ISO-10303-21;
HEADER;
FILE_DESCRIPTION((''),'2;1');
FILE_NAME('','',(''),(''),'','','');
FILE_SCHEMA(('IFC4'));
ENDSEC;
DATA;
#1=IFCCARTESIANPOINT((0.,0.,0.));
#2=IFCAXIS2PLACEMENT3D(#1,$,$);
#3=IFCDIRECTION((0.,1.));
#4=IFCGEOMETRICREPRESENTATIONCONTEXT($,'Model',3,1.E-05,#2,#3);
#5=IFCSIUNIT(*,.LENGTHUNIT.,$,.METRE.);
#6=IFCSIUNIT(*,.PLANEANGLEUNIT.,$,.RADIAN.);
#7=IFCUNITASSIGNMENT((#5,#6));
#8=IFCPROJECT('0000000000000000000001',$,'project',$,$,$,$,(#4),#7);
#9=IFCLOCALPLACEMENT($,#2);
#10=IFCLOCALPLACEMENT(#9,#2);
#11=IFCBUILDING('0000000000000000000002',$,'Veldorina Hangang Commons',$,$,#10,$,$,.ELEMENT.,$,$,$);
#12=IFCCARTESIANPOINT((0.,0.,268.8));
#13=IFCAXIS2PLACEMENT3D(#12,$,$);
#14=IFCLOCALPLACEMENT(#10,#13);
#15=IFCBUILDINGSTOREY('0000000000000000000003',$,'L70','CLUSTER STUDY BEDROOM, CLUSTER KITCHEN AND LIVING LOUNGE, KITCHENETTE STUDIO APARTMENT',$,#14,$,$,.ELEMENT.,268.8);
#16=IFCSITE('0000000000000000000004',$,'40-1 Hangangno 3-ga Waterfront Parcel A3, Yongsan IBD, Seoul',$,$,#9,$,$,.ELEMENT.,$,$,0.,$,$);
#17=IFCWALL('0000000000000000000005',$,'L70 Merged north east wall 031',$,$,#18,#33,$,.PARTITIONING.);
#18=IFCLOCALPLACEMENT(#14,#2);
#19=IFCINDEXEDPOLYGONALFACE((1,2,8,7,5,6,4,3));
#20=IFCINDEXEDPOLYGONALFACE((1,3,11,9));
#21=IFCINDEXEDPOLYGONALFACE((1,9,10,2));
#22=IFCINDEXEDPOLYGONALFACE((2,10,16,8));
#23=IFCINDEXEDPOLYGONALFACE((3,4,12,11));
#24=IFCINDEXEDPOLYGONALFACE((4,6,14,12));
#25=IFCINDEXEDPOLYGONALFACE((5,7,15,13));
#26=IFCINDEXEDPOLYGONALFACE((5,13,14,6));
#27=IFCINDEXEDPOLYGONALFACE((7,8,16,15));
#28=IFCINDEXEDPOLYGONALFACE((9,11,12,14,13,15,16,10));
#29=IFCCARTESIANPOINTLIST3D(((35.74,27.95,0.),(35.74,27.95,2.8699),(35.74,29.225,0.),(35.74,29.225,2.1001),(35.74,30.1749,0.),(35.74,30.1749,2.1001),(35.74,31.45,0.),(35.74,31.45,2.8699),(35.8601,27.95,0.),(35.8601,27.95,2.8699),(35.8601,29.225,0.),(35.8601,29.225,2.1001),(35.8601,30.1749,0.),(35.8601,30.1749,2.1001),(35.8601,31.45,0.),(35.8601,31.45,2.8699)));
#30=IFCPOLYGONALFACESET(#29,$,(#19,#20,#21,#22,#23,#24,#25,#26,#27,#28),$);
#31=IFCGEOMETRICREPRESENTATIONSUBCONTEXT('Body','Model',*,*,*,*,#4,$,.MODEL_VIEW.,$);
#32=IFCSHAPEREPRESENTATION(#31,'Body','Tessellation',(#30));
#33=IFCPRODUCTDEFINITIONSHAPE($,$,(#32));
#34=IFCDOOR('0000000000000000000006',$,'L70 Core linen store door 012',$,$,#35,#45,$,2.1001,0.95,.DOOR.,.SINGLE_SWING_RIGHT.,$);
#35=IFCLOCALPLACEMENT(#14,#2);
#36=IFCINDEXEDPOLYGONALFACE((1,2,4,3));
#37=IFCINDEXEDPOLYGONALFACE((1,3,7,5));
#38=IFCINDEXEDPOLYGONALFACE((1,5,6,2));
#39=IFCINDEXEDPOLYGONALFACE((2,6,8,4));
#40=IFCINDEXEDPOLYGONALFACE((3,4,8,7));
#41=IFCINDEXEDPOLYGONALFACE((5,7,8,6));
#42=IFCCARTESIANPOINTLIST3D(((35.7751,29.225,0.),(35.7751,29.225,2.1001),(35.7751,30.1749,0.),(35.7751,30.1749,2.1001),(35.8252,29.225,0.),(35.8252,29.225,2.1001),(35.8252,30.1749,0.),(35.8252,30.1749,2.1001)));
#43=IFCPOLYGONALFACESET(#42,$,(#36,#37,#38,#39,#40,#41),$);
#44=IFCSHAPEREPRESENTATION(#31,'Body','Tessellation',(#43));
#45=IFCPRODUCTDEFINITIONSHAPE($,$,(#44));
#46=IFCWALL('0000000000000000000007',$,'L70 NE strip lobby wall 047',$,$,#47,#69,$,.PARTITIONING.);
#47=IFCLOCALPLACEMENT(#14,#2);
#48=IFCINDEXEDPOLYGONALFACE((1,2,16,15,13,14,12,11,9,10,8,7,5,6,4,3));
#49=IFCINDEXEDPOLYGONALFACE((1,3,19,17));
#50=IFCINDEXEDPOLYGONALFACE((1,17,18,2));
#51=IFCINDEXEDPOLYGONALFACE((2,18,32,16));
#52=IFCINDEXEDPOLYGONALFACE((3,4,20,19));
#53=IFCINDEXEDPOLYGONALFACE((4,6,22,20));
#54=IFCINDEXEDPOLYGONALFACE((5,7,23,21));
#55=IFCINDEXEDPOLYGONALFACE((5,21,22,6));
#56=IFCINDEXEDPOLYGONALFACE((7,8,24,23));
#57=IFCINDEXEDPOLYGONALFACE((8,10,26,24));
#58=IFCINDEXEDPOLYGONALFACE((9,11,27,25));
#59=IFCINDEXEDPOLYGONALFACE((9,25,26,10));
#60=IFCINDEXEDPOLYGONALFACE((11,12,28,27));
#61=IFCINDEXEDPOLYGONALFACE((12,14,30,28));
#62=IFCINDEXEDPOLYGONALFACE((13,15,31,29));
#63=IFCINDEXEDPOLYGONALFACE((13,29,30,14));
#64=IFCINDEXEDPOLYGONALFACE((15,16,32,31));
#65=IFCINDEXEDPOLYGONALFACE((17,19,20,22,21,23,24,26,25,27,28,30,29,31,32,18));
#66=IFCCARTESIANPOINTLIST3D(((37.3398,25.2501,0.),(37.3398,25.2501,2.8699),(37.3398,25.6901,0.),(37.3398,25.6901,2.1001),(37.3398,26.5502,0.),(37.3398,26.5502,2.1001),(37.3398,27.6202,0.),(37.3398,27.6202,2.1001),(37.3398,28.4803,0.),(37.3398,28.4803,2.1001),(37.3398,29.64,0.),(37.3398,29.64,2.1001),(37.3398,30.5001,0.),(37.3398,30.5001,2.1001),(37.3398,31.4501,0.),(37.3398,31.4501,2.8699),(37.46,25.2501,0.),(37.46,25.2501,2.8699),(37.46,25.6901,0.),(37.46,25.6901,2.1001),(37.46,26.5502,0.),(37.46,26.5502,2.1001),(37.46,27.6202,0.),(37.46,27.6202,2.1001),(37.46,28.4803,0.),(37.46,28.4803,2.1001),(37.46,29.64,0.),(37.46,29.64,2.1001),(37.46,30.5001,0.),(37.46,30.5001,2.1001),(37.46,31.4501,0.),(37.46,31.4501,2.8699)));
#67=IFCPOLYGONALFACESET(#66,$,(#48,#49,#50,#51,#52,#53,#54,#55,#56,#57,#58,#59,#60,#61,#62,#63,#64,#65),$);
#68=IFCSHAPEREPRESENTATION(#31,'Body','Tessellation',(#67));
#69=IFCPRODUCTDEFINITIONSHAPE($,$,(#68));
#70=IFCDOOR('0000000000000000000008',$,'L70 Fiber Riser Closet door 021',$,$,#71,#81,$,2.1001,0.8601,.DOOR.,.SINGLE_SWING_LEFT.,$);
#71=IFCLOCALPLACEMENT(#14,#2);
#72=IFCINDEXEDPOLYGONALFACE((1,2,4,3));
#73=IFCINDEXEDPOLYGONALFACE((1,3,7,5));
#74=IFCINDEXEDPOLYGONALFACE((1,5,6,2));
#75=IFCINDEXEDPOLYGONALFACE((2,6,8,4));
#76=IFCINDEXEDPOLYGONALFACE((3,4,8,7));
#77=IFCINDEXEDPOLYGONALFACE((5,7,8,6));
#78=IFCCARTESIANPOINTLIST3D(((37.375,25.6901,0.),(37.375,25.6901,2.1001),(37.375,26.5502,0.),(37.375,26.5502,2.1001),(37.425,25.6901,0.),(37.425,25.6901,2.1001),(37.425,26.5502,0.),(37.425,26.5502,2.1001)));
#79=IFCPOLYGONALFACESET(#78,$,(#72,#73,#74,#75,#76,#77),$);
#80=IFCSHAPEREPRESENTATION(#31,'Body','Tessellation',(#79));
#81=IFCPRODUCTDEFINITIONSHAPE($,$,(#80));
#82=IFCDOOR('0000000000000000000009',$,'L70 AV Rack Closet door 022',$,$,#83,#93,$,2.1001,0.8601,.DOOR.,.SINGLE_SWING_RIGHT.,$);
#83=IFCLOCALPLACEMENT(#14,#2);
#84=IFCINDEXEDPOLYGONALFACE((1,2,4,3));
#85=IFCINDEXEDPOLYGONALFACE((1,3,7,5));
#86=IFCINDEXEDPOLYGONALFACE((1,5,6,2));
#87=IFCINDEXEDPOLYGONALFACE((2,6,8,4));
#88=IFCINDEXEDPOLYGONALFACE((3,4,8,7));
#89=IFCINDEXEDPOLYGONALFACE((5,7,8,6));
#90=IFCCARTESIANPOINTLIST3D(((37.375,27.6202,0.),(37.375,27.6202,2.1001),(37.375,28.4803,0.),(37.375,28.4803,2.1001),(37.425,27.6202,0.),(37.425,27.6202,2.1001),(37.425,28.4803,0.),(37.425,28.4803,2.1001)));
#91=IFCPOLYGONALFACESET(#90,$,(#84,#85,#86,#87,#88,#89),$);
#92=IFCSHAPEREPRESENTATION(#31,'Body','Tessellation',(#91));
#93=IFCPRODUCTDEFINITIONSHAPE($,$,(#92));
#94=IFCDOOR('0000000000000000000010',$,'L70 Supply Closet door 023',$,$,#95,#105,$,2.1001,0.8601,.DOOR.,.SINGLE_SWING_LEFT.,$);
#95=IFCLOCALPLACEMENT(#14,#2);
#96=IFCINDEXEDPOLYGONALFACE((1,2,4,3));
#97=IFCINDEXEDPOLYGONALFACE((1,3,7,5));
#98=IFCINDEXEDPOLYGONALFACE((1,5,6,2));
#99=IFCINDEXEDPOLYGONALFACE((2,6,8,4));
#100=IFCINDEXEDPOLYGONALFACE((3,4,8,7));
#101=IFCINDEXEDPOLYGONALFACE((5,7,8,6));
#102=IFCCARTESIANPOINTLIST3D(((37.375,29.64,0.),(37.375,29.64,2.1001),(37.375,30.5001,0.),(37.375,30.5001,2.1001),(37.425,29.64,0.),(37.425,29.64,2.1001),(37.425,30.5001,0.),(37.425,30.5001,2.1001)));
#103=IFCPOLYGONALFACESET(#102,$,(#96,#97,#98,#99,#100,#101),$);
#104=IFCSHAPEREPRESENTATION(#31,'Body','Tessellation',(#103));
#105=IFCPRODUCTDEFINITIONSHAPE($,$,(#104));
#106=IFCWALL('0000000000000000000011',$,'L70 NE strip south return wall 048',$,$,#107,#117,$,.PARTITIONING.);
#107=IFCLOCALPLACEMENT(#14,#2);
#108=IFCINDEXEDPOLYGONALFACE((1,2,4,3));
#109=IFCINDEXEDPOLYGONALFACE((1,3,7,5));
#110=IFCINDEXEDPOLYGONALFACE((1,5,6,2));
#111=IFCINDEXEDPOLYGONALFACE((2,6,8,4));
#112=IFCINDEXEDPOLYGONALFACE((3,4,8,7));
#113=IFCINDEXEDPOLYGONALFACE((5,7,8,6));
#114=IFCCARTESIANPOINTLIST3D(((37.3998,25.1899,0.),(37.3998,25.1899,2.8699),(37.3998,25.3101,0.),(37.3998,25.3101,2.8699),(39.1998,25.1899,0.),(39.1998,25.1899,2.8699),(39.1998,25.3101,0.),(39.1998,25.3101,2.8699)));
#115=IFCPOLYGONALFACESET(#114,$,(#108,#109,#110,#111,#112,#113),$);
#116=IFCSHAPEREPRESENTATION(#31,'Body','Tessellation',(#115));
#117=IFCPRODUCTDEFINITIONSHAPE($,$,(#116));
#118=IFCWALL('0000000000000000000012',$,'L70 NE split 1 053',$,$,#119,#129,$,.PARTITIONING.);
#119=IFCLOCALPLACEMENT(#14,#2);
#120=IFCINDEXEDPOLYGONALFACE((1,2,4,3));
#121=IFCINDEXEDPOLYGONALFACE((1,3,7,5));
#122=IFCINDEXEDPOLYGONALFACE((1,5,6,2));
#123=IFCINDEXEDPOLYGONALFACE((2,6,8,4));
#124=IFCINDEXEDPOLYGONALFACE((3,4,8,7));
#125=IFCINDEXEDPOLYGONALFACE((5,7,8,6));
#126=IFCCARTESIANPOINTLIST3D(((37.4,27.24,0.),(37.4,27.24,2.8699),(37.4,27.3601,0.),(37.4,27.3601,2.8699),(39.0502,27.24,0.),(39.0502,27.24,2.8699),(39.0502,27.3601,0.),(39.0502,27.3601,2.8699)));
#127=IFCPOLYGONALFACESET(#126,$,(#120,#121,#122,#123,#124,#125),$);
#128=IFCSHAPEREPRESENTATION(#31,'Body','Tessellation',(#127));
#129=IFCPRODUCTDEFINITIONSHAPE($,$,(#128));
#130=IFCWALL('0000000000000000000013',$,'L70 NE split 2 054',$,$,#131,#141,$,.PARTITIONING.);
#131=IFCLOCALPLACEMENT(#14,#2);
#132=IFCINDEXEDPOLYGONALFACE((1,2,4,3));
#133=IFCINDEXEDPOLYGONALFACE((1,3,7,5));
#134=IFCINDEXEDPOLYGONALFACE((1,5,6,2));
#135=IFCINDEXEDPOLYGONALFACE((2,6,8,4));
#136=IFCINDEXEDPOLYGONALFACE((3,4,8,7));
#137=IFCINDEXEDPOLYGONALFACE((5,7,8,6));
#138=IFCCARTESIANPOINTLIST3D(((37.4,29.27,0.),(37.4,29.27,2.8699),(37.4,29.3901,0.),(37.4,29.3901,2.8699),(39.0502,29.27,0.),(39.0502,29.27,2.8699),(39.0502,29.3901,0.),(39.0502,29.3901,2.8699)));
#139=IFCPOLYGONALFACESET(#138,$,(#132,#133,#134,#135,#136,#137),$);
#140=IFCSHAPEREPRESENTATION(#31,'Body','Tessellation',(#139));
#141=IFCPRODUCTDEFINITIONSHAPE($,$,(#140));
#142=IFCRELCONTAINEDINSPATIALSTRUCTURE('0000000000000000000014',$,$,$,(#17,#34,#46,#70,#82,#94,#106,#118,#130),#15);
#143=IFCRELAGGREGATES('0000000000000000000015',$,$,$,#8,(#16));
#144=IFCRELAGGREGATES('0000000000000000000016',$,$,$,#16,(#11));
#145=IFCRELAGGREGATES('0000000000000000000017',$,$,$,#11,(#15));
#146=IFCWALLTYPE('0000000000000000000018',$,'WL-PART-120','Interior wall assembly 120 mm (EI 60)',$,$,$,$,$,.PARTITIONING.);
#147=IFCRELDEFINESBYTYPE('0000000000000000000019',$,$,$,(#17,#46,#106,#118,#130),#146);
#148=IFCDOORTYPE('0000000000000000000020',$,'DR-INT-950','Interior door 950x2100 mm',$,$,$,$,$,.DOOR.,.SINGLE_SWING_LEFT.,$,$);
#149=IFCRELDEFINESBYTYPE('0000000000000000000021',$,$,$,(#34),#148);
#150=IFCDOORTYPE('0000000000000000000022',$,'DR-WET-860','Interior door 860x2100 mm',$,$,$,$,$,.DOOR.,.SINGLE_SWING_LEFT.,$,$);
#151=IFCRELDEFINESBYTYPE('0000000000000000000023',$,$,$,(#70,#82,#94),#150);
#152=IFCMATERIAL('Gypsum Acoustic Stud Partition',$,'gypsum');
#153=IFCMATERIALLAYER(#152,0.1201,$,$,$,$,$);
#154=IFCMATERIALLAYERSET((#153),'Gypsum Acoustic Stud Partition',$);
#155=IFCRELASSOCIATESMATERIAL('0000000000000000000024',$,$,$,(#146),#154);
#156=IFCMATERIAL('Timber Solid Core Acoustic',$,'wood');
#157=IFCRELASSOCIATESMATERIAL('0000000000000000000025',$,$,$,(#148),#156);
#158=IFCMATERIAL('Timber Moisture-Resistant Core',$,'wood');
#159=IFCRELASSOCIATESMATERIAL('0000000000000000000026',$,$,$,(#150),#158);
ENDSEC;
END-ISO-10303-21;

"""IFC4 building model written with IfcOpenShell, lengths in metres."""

from ifc_helpers import new_model, si_unit, direction, frame, frame_2d, origin, place, context, subcontext, project, spatial, rectangle, extrude, material, layer, layer_set, type_object, element, fill, save


model = new_model("IFC4")

# Units and contexts
model_context = context("Model", 3, precision=1e-05, world=origin(), true_north=direction((0.0, 1.0)))
body_context = subcontext(model_context, "Body", "Model", "MODEL_VIEW")
ifc_project = project(units=[si_unit("LENGTHUNIT", "METRE"), si_unit("PLANEANGLEUNIT", "RADIAN")], contexts=[model_context])

# Site, building, storey
site_placement = place(None, origin())
site = spatial("IfcSite", under=ifc_project, at=site_placement, Name="40-1 Hangangno 3-ga Waterfront Parcel A3, Yongsan IBD, Seoul", CompositionType="ELEMENT", RefElevation=0.0)
building_placement = place(site_placement, origin())
building = spatial("IfcBuilding", under=site, at=building_placement, Name="Veldorina Hangang Commons", CompositionType="ELEMENT")
storey_placement = place(building_placement, frame((0.0, 0.0, 268.8)))
storey = spatial("IfcBuildingStorey", under=building, at=storey_placement, Name="L70", Description="CLUSTER STUDY BEDROOM, CLUSTER KITCHEN AND LIVING LOUNGE, KITCHENETTE STUDIO APARTMENT", CompositionType="ELEMENT", Elevation=268.8)

# Wall, opening, door
ifc_material_1 = material(Name="Gypsum Acoustic Stud Partition", Category="gypsum")
ifc_layer_1 = layer(ifc_material_1, 0.1201)
ifc_layer_set_1 = layer_set([ifc_layer_1], Name="Gypsum Acoustic Stud Partition")
wall_type_1 = type_object("IfcWallType", Name="WL-PART-120", Description="Interior wall assembly 120 mm (EI 60)", PredefinedType="PARTITIONING", material=ifc_layer_set_1)
wall_1_placement = place(storey_placement, frame((35.8, 27.95, 0.0), z_axis=(0.0, 0.0, 1.0), x_axis=(0.0, 1.0, 0.0)))
wall_1 = element("IfcWall", 1, at=wall_1_placement, inside=storey, type_object=wall_type_1, Name="L70 Merged north east wall 031", PredefinedType="PARTITIONING", context=body_context, shape_type="SweptSolid", body=[
    extrude(rectangle(XDim=3.5, YDim=0.1201, at=frame_2d((1.75, 0.0))), origin(), (0.0, 0.0, 1.0), 2.8699),
])
opening_1_placement = place(wall_1_placement, frame((1.2749, 0.0, 0.0)))
opening_1 = element("IfcOpeningElement", 2, at=opening_1_placement, cuts=wall_1, PredefinedType="OPENING", context=body_context, shape_type="SweptSolid", body=[
    extrude(rectangle(XDim=0.95, YDim=2.1001, at=frame_2d((0.4751, 1.05))), frame((0.0, 0.0701, 0.0), z_axis=(0.0, -1.0, 0.0), x_axis=(1.0, 0.0, 0.0)), (0.0, 0.0, 1.0), 0.1401),
])
ifc_material_2 = material(Name="Timber Solid Core Acoustic", Category="wood")
door_type_1 = type_object("IfcDoorType", Name="DR-INT-950", Description="Interior door 950x2100 mm", OperationType="SINGLE_SWING_LEFT", PredefinedType="DOOR", material=ifc_material_2)
door_1_placement = place(opening_1_placement, origin())
door_1 = element("IfcDoor", 3, at=door_1_placement, inside=storey, type_object=door_type_1, Name="L70 Core linen store door 012", OperationType="SINGLE_SWING_RIGHT", OverallHeight=2.1001, OverallWidth=0.95, PredefinedType="DOOR", context=body_context, shape_type="SweptSolid", body=[
    extrude(rectangle(XDim=0.95, YDim=2.1001, at=frame_2d((0.4751, 1.05))), frame((0.0, 0.0249, 0.0), z_axis=(0.0, -1.0, 0.0), x_axis=(1.0, 0.0, 0.0)), (0.0, 0.0, 1.0), 0.05),
])
fill(opening_1, door_1)

# Wall, openings, doors
wall_2_placement = place(storey_placement, frame((37.3999, 25.25, 0.0), z_axis=(0.0, 0.0, 1.0), x_axis=(0.0, 1.0, 0.0)))
wall_2 = element("IfcWall", 4, at=wall_2_placement, inside=storey, type_object=wall_type_1, Name="L70 NE strip lobby wall 047", PredefinedType="PARTITIONING", context=body_context, shape_type="SweptSolid", body=[
    extrude(rectangle(XDim=6.2, YDim=0.1201, at=frame_2d((3.1001, 0.0))), origin(), (0.0, 0.0, 1.0), 2.8699),
])
opening_2_placement = place(wall_2_placement, frame((0.4399, 0.0, 0.0)))
opening_2 = element("IfcOpeningElement", 5, at=opening_2_placement, cuts=wall_2, PredefinedType="OPENING", context=body_context, shape_type="SweptSolid", body=[
    extrude(rectangle(XDim=0.8601, YDim=2.1001, at=frame_2d((0.4302, 1.05))), frame((0.0, 0.0701, 0.0), z_axis=(0.0, -1.0, 0.0), x_axis=(1.0, 0.0, 0.0)), (0.0, 0.0, 1.0), 0.1401),
])
opening_3_placement = place(wall_2_placement, frame((2.3701, 0.0, 0.0)))
opening_3 = element("IfcOpeningElement", 6, at=opening_3_placement, cuts=wall_2, PredefinedType="OPENING", context=body_context, shape_type="SweptSolid", body=[
    extrude(rectangle(XDim=0.8601, YDim=2.1001, at=frame_2d((0.4302, 1.05))), frame((0.0, 0.0701, 0.0), z_axis=(0.0, -1.0, 0.0), x_axis=(1.0, 0.0, 0.0)), (0.0, 0.0, 1.0), 0.1401),
])
opening_4_placement = place(wall_2_placement, frame((4.3899, 0.0, 0.0)))
opening_4 = element("IfcOpeningElement", 7, at=opening_4_placement, cuts=wall_2, PredefinedType="OPENING", context=body_context, shape_type="SweptSolid", body=[
    extrude(rectangle(XDim=0.8601, YDim=2.1001, at=frame_2d((0.4302, 1.05))), frame((0.0, 0.0701, 0.0), z_axis=(0.0, -1.0, 0.0), x_axis=(1.0, 0.0, 0.0)), (0.0, 0.0, 1.0), 0.1401),
])
ifc_material_3 = material(Name="Timber Moisture-Resistant Core", Category="wood")
door_type_2 = type_object("IfcDoorType", Name="DR-WET-860", Description="Interior door 860x2100 mm", OperationType="SINGLE_SWING_LEFT", PredefinedType="DOOR", material=ifc_material_3)
door_2_placement = place(opening_2_placement, origin())
door_2 = element("IfcDoor", 8, at=door_2_placement, inside=storey, type_object=door_type_2, Name="L70 Fiber Riser Closet door 021", OperationType="SINGLE_SWING_LEFT", OverallHeight=2.1001, OverallWidth=0.8601, PredefinedType="DOOR", context=body_context, shape_type="SweptSolid", body=[
    extrude(rectangle(XDim=0.8601, YDim=2.1001, at=frame_2d((0.4302, 1.05))), frame((0.0, 0.0249, 0.0), z_axis=(0.0, -1.0, 0.0), x_axis=(1.0, 0.0, 0.0)), (0.0, 0.0, 1.0), 0.05),
])
fill(opening_2, door_2)
door_3_placement = place(opening_3_placement, origin())
door_3 = element("IfcDoor", 9, at=door_3_placement, inside=storey, type_object=door_type_2, Name="L70 AV Rack Closet door 022", OperationType="SINGLE_SWING_RIGHT", OverallHeight=2.1001, OverallWidth=0.8601, PredefinedType="DOOR", context=body_context, shape_type="SweptSolid", body=[
    extrude(rectangle(XDim=0.8601, YDim=2.1001, at=frame_2d((0.4302, 1.05))), frame((0.0, 0.0249, 0.0), z_axis=(0.0, -1.0, 0.0), x_axis=(1.0, 0.0, 0.0)), (0.0, 0.0, 1.0), 0.05),
])
fill(opening_3, door_3)
door_4_placement = place(opening_4_placement, origin())
door_4 = element("IfcDoor", 10, at=door_4_placement, inside=storey, type_object=door_type_2, Name="L70 Supply Closet door 023", OperationType="SINGLE_SWING_LEFT", OverallHeight=2.1001, OverallWidth=0.8601, PredefinedType="DOOR", context=body_context, shape_type="SweptSolid", body=[
    extrude(rectangle(XDim=0.8601, YDim=2.1001, at=frame_2d((0.4302, 1.05))), frame((0.0, 0.0249, 0.0), z_axis=(0.0, -1.0, 0.0), x_axis=(1.0, 0.0, 0.0)), (0.0, 0.0, 1.0), 0.05),
])
fill(opening_4, door_4)

# Walls
wall_3_placement = place(storey_placement, frame((37.3999, 25.25, 0.0), z_axis=(0.0, 0.0, 1.0), x_axis=(1.0, 0.0, 0.0)))
element("IfcWall", 11, at=wall_3_placement, inside=storey, type_object=wall_type_1, Name="L70 NE strip south return wall 048", PredefinedType="PARTITIONING", context=body_context, shape_type="SweptSolid", body=[
    extrude(rectangle(XDim=1.8, YDim=0.1201, at=frame_2d((0.8999, 0.0))), origin(), (0.0, 0.0, 1.0), 2.8699),
])
for number, where, z_axis, x_axis, name in (
    (12, (37.3999, 27.3, 0.0), (0.0, 0.0, 1.0), (1.0, 0.0, 0.0), "L70 NE split 1 053"),
    (13, (37.3999, 29.3301, 0.0), (0.0, 0.0, 1.0), (1.0, 0.0, 0.0), "L70 NE split 2 054"),
):
    element("IfcWall", number, at=place(storey_placement, frame(where, z_axis=z_axis, x_axis=x_axis)), inside=storey, type_object=wall_type_1, Name=name, PredefinedType="PARTITIONING", context=body_context, shape_type="SweptSolid", body=[
        extrude(rectangle(XDim=1.6501, YDim=0.1201, at=frame_2d((0.8252, 0.0))), origin(), (0.0, 0.0, 1.0), 2.8699),
    ])

save(model, "model.ifc")
